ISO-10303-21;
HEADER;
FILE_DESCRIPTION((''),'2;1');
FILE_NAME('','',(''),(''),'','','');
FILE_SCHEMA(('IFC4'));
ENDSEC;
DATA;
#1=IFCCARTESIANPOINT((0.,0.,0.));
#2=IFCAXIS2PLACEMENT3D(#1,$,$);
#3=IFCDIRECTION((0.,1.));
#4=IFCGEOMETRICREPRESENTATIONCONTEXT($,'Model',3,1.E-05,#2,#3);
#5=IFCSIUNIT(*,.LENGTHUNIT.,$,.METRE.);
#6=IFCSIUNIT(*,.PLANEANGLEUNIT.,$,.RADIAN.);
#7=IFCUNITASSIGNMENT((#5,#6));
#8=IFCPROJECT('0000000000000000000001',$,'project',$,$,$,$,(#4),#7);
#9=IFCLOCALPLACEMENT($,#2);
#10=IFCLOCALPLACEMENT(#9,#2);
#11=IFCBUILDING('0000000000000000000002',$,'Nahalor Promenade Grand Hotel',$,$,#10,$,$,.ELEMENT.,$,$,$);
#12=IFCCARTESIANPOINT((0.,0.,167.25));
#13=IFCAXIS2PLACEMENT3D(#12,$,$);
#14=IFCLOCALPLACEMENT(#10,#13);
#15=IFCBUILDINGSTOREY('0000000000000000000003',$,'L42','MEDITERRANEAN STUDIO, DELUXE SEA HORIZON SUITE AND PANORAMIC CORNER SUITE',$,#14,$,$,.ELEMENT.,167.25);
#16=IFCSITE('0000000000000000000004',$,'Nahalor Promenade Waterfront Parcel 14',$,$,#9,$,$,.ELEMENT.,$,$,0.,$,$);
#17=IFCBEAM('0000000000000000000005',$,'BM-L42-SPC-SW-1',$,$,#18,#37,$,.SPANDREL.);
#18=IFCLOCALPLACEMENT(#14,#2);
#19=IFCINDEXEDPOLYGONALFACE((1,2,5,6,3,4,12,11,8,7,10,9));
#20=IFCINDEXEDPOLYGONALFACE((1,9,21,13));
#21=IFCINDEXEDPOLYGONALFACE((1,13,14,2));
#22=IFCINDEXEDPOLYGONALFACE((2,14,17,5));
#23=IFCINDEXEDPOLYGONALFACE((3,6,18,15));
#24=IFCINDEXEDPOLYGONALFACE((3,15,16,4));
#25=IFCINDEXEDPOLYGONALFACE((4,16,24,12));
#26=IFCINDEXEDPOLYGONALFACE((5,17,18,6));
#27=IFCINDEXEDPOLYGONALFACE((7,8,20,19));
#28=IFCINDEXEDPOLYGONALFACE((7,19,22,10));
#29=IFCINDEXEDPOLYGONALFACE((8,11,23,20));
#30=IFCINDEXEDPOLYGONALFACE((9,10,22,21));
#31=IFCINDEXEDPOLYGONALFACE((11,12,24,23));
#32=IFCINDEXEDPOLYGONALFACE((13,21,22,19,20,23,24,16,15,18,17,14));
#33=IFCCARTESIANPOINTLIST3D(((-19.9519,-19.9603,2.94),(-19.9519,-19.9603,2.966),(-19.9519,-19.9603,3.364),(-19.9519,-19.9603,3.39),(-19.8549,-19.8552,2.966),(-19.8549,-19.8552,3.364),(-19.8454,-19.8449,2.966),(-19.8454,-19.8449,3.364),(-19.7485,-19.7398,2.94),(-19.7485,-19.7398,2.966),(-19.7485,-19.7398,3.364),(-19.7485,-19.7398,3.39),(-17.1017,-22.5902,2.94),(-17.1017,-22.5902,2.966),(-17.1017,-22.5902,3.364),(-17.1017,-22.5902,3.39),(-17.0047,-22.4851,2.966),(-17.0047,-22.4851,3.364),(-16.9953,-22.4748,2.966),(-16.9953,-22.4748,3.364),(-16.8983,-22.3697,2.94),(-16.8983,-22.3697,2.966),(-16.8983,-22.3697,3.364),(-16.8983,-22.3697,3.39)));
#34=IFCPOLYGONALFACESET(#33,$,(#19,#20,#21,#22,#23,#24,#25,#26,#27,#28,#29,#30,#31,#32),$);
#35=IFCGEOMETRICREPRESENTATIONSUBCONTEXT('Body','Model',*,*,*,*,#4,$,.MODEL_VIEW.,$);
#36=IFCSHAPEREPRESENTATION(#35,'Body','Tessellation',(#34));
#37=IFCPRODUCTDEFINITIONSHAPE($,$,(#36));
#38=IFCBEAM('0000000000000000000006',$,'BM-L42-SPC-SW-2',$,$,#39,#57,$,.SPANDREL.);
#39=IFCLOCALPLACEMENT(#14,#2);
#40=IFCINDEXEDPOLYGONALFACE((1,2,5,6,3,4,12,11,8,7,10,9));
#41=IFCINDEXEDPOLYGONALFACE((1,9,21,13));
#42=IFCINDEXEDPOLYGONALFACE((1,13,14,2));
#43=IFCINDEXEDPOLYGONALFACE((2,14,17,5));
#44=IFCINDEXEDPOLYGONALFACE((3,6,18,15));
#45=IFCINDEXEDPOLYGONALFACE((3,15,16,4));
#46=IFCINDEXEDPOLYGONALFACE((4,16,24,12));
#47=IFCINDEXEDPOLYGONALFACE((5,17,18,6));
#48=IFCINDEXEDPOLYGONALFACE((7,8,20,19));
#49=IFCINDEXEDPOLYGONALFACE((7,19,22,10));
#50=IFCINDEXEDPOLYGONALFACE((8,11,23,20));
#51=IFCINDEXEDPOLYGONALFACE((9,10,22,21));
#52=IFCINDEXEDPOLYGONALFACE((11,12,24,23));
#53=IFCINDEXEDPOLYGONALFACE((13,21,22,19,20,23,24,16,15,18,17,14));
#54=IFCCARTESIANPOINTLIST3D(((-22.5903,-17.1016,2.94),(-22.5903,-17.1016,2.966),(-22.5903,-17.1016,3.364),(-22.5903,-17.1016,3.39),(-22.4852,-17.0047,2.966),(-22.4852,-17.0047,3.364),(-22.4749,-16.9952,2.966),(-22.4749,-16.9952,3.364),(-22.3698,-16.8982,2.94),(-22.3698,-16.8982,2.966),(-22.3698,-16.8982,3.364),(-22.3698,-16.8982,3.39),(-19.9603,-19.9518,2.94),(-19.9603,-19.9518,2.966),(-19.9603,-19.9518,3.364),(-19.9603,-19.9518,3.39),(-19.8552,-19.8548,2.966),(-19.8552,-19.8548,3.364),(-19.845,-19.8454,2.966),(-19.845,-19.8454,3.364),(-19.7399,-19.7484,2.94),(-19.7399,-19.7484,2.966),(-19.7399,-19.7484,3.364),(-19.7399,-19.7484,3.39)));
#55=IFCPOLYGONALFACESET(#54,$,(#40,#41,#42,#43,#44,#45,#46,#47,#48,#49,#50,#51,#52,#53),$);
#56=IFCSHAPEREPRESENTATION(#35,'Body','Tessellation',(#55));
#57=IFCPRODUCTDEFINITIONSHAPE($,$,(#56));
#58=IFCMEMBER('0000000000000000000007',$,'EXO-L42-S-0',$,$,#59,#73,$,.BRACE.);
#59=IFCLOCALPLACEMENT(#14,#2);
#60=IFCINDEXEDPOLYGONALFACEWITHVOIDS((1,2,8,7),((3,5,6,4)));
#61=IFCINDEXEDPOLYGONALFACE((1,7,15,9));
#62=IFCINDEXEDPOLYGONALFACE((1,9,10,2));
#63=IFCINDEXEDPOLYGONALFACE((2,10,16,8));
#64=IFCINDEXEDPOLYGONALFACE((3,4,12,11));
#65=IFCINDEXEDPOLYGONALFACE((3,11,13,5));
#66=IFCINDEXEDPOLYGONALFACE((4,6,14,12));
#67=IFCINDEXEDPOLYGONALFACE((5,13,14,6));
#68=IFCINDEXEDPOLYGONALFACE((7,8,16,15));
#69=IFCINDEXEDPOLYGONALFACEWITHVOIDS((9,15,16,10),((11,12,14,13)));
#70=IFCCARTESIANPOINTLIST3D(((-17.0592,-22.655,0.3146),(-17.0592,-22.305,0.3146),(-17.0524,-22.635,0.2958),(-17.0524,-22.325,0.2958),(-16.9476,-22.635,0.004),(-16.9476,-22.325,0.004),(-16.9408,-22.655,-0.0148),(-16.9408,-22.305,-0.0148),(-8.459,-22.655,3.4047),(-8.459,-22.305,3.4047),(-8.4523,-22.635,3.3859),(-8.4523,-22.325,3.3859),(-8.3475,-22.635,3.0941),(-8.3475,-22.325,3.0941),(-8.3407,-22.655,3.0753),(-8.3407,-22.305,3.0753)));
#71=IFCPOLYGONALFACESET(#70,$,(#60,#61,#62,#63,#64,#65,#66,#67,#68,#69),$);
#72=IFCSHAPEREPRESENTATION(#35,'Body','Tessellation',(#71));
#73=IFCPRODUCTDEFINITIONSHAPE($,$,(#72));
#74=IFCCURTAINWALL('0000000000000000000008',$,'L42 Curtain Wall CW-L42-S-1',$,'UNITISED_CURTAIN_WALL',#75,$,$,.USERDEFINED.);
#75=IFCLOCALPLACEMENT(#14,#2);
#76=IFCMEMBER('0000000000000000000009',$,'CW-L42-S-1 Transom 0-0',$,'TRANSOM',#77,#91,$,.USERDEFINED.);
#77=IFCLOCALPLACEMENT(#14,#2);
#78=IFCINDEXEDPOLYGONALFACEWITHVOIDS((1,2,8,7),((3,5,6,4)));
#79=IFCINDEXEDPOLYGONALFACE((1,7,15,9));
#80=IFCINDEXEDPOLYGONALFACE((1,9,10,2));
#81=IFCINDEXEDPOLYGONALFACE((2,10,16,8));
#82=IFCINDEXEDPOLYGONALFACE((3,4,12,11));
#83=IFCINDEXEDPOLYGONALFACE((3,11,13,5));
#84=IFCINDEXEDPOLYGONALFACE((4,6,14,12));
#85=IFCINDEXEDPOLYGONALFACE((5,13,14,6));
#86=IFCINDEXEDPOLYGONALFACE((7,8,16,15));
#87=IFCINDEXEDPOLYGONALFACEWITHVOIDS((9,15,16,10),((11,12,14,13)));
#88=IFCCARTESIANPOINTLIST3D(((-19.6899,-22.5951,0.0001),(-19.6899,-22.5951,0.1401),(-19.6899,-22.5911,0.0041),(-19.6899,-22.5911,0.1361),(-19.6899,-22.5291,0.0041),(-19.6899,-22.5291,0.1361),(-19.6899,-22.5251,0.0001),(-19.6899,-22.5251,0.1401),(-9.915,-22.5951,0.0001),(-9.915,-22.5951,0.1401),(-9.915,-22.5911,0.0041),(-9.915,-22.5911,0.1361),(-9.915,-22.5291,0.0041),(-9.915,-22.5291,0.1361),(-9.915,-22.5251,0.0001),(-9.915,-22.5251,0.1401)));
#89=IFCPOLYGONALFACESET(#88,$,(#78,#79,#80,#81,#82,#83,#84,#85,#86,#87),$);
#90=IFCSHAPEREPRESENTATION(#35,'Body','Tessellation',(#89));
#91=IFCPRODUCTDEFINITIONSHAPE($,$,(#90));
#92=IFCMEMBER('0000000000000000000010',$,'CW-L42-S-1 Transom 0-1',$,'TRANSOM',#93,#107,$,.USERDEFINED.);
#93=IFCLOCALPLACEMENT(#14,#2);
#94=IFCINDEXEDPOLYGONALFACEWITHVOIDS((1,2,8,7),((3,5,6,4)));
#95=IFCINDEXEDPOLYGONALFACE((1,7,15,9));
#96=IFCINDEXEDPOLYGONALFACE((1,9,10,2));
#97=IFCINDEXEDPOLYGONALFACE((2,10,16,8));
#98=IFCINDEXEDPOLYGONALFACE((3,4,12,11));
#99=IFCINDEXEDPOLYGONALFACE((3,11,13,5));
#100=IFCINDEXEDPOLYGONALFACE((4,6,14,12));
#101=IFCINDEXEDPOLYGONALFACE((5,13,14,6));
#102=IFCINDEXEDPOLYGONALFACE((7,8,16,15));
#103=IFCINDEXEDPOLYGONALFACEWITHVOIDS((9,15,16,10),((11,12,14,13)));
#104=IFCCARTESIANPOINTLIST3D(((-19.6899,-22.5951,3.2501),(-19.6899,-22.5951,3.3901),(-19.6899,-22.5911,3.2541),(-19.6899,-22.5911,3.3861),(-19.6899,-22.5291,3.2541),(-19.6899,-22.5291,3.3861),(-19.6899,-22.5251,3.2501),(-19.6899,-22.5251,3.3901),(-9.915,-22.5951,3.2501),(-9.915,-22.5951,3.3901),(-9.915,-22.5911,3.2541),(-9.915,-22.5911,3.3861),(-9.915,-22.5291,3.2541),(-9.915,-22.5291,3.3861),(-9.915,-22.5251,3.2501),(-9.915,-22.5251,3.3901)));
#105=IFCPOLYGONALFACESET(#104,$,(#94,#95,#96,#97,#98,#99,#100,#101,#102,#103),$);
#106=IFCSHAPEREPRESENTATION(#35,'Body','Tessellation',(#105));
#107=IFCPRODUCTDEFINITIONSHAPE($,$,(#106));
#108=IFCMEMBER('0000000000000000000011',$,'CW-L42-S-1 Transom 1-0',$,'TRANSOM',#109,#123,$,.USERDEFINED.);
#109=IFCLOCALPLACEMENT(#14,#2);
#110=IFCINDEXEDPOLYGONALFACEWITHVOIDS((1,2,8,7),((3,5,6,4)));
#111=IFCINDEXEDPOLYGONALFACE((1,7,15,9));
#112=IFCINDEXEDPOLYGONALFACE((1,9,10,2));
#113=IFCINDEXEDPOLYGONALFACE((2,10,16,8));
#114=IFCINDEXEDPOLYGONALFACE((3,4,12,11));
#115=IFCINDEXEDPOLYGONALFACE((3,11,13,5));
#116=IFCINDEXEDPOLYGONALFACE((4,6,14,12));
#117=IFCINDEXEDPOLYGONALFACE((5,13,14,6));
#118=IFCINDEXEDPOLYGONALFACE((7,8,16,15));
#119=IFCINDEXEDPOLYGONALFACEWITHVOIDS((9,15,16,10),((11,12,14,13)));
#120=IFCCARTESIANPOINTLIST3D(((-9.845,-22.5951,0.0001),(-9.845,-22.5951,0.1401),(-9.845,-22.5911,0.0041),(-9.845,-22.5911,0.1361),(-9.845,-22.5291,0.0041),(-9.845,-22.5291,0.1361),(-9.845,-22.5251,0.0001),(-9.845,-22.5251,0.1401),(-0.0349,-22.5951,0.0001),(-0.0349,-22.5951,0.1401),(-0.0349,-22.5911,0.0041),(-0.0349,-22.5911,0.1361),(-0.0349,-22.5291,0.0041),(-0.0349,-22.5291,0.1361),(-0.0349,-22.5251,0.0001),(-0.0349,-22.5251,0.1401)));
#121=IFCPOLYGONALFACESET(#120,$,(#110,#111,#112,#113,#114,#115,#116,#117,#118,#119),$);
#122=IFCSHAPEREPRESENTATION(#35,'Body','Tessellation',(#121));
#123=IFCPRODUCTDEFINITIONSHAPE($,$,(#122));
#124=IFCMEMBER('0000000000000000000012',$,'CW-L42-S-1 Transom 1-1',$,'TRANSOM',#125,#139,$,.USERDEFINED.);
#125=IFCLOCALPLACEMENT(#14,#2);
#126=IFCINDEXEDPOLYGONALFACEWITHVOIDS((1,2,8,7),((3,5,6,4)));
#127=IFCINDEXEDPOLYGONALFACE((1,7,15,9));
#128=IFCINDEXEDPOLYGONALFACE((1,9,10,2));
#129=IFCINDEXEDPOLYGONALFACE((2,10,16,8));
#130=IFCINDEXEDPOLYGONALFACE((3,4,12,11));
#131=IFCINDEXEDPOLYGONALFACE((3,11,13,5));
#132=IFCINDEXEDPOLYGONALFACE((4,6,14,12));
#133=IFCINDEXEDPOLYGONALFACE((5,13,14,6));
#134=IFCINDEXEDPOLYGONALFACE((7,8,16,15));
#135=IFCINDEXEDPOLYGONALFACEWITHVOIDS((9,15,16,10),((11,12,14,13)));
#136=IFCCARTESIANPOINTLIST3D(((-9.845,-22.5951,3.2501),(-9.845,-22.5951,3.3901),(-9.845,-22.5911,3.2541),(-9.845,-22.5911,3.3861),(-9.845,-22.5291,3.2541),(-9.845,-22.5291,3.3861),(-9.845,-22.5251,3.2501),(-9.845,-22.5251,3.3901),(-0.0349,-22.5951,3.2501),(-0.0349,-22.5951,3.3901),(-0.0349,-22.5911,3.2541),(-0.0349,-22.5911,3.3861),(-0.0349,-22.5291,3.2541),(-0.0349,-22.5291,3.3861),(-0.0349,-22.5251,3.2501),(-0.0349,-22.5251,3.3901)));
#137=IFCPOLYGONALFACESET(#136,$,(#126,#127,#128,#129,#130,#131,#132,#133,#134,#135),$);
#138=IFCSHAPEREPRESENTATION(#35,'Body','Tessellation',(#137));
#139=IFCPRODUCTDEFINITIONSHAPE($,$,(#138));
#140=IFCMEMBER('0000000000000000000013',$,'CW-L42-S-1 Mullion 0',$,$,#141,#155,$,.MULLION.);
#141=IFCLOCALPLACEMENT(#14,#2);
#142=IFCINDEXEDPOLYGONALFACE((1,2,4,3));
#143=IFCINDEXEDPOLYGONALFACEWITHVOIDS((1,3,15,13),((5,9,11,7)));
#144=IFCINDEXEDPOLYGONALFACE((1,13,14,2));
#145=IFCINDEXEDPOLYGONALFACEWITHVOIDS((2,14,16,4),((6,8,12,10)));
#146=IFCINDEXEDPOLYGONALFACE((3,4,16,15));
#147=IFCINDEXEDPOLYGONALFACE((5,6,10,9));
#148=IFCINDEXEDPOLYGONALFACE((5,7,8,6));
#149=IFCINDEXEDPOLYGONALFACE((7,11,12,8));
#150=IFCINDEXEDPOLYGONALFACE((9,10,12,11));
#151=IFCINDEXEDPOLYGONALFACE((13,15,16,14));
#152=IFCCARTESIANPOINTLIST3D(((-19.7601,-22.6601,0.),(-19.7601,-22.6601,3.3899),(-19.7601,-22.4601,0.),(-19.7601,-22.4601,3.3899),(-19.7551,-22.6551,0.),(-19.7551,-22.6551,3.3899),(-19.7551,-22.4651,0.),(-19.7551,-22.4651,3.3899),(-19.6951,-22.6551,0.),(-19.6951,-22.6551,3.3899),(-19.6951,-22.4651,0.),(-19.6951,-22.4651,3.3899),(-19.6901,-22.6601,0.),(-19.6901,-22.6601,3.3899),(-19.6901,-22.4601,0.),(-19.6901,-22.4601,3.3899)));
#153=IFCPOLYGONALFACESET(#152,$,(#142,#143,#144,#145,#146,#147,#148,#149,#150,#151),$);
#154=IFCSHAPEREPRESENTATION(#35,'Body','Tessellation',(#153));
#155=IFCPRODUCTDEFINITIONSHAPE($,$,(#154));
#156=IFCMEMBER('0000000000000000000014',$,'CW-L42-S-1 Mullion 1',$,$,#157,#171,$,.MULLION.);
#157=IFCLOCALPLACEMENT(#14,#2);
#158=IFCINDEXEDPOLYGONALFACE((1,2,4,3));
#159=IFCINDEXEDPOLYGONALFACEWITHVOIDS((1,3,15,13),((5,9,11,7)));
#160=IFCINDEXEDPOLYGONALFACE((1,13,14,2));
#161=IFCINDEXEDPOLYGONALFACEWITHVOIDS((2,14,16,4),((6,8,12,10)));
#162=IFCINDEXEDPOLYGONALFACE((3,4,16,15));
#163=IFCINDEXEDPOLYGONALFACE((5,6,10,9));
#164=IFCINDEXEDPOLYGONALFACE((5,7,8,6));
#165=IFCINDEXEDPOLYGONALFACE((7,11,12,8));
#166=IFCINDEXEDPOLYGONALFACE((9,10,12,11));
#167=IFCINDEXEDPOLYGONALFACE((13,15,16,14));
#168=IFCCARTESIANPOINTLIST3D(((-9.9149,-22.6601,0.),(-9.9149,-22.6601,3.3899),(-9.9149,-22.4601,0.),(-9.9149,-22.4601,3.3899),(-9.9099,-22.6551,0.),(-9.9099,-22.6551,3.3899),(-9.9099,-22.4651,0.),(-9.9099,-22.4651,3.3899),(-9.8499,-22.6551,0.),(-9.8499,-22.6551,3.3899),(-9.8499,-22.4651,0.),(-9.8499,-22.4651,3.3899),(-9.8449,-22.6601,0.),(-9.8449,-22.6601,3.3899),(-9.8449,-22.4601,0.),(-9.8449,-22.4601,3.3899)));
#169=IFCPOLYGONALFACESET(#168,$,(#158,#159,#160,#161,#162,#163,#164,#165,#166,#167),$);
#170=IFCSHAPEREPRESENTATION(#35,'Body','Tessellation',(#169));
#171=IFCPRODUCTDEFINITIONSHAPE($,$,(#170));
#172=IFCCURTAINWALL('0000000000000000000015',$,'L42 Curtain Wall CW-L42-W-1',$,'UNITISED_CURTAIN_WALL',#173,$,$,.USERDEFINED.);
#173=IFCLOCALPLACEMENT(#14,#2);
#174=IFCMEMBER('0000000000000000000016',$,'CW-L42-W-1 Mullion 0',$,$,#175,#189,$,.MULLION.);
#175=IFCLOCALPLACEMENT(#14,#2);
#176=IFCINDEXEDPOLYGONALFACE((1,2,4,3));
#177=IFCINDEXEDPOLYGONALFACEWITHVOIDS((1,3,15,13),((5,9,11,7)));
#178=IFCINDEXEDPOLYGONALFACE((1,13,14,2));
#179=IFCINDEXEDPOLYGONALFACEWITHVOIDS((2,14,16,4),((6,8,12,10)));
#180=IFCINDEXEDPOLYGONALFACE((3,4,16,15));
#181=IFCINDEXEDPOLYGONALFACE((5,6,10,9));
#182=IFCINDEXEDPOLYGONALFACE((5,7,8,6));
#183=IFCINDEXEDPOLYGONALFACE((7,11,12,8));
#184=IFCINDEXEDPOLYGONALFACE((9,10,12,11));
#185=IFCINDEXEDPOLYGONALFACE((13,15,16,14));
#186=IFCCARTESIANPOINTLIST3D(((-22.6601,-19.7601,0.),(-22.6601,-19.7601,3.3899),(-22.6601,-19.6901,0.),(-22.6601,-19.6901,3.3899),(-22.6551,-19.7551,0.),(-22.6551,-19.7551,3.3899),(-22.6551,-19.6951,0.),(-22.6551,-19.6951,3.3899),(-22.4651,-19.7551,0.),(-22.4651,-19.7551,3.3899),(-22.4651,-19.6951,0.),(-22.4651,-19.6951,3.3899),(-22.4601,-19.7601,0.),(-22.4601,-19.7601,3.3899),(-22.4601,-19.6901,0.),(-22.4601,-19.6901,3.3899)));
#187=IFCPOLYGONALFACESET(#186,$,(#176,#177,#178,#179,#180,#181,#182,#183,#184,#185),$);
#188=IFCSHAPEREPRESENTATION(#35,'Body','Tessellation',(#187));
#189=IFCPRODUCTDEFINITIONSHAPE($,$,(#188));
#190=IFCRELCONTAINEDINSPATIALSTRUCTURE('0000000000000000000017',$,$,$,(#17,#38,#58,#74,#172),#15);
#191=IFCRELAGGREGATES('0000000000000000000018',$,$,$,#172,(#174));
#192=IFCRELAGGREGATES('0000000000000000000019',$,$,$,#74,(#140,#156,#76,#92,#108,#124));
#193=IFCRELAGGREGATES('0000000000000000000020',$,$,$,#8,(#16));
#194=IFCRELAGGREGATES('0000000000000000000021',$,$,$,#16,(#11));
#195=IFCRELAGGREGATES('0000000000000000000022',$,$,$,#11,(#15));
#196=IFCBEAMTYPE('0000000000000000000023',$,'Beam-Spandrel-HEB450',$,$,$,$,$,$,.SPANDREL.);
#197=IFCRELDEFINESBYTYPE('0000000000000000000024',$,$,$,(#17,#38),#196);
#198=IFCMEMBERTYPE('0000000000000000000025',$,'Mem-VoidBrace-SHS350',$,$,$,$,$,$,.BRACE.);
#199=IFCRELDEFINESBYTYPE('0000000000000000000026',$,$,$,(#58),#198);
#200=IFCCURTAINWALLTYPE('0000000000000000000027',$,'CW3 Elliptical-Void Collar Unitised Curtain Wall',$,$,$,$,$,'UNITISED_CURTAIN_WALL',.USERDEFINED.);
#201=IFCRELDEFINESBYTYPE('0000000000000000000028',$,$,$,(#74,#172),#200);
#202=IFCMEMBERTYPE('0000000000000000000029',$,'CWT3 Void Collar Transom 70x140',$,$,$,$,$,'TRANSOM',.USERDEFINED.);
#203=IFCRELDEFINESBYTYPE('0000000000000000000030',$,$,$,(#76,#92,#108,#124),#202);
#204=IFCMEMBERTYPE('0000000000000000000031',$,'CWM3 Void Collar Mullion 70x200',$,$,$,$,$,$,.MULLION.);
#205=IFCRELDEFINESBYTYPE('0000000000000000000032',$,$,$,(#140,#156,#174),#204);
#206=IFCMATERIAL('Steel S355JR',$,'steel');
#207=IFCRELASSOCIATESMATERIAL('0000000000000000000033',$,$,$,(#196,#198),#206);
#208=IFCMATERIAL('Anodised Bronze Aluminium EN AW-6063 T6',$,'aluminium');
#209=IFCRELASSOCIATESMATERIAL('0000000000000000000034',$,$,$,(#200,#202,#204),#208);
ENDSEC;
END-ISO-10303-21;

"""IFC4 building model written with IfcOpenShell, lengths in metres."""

from ifc_helpers import new_model, si_unit, direction, frame, origin, origin_2d, place, context, subcontext, project, spatial, hollow_rectangle, i_section, extrude, source, transform, mapped, material, material_profile, profile_set, type_object, element, aggregate, save


model = new_model("IFC4")

# Units and contexts
model_context = context("Model", 3, precision=1e-05, world=origin(), true_north=direction((0.0, 1.0)))
body_context = subcontext(model_context, "Body", "Model", "MODEL_VIEW")
ifc_project = project(units=[si_unit("LENGTHUNIT", "METRE"), si_unit("PLANEANGLEUNIT", "RADIAN")], contexts=[model_context])

# Site, building, storey
site_placement = place(None, origin())
site = spatial("IfcSite", under=ifc_project, at=site_placement, Name="Nahalor Promenade Waterfront Parcel 14", CompositionType="ELEMENT", RefElevation=0.0)
building_placement = place(site_placement, origin())
building = spatial("IfcBuilding", under=site, at=building_placement, Name="Nahalor Promenade Grand Hotel", CompositionType="ELEMENT")
storey_placement = place(building_placement, frame((0.0, 0.0, 167.25)))
storey = spatial("IfcBuildingStorey", under=building, at=storey_placement, Name="L42", Description="MEDITERRANEAN STUDIO, DELUXE SEA HORIZON SUITE AND PANORAMIC CORNER SUITE", CompositionType="ELEMENT", Elevation=167.25)

# Beams
ifc_material_1 = material(Name="Steel S355JR", Category="steel")
ifc_material_profile_1 = material_profile(ifc_material_1, i_section(OverallWidth=0.3, OverallDepth=0.45, WebThickness=0.014, FlangeThickness=0.026, at=origin_2d()), Name="HEB 450")
ifc_profile_set_1 = profile_set([ifc_material_profile_1], Name="Steel S355JR")
beam_type_1 = type_object("IfcBeamType", Name="Beam-Spandrel-HEB450", PredefinedType="SPANDREL", material=ifc_profile_set_1)
shared_shape_1 = source(origin(), body_context, "Body", "SweptSolid", [
    extrude(i_section(OverallWidth=0.3, OverallDepth=0.45, WebThickness=0.014, FlangeThickness=0.026, at=origin_2d()), origin(), (0.0, 0.0, 1.0), 3.8782),
])
for number, where, z_axis, x_axis, name in (
    (1, (-17.0, -22.48, 3.165), (-0.734929, 0.678144, 0.0), (-0.678144, -0.734929, 0.0), "BM-L42-SPC-SW-1"),
    (2, (-19.8501, -19.8501, 3.165), (-0.678144, 0.734929, 0.0), (-0.734929, -0.678144, 0.0), "BM-L42-SPC-SW-2"),
):
    element("IfcBeam", number, at=place(storey_placement, frame(where, z_axis=z_axis, x_axis=x_axis)), inside=storey, type_object=beam_type_1, Name=name, PredefinedType="SPANDREL", context=body_context, shape_type="MappedRepresentation", body=[
        mapped(shared_shape_1, transform((0.0, 0.0, 0.0), scale=1.0)),
    ])

# Member
ifc_material_profile_2 = material_profile(ifc_material_1, hollow_rectangle(XDim=0.35, YDim=0.35, WallThickness=0.02, at=origin_2d()), Name="SHS 350x350x20")
ifc_profile_set_2 = profile_set([ifc_material_profile_2], Name="Steel S355JR")
member_type_1 = type_object("IfcMemberType", Name="Mem-VoidBrace-SHS350", PredefinedType="BRACE", material=ifc_profile_set_2)
shared_shape_2 = source(origin(), body_context, "Body", "SweptSolid", [
    extrude(hollow_rectangle(XDim=0.35, YDim=0.35, WallThickness=0.02, at=origin_2d()), origin(), (0.0, 0.0, 1.0), 9.1384),
])
member_1_placement = place(storey_placement, frame((-17.0, -22.48, 0.1499), z_axis=(0.941095, 0.0, 0.338143), x_axis=(0.0, 1.0, 0.0)))
element("IfcMember", 3, at=member_1_placement, inside=storey, type_object=member_type_1, Name="EXO-L42-S-0", PredefinedType="BRACE", context=body_context, shape_type="MappedRepresentation", body=[
    mapped(shared_shape_2, transform((0.0, 0.0, 0.0), scale=1.0)),
])

# Curtain walls, members
ifc_material_2 = material(Name="Anodised Bronze Aluminium EN AW-6063 T6", Category="aluminium")
curtain_wall_type = type_object("IfcCurtainWallType", Name="CW3 Elliptical-Void Collar Unitised Curtain Wall", ElementType="UNITISED_CURTAIN_WALL", PredefinedType="USERDEFINED", material=ifc_material_2)
curtain_wall_1_placement = place(storey_placement, origin())
curtain_wall_1 = element("IfcCurtainWall", 4, at=curtain_wall_1_placement, inside=storey, type_object=curtain_wall_type, Name="L42 Curtain Wall CW-L42-S-1", ObjectType="UNITISED_CURTAIN_WALL", PredefinedType="USERDEFINED")
ifc_material_profile_3 = material_profile(ifc_material_2, hollow_rectangle(XDim=0.07, YDim=0.14, WallThickness=0.004, at=origin_2d()), Name="CWT 70x140x4")
ifc_profile_set_3 = profile_set([ifc_material_profile_3], Name="Anodised Bronze Aluminium EN AW-6063 T6")
member_type_2 = type_object("IfcMemberType", Name="CWT3 Void Collar Transom 70x140", ElementType="TRANSOM", PredefinedType="USERDEFINED", material=ifc_profile_set_3)
shared_shape_3 = source(origin(), body_context, "Body", "SweptSolid", [
    extrude(hollow_rectangle(XDim=0.07, YDim=0.14, WallThickness=0.004, at=origin_2d()), origin(), (0.0, 0.0, 1.0), 9.7749),
])
member_2_placement = place(storey_placement, frame((-19.6899, -22.5601, 0.0701), z_axis=(1.0, 0.0, 0.0), x_axis=(0.0, 1.0, 0.0)))
member_2 = element("IfcMember", 5, at=member_2_placement, type_object=member_type_2, Name="CW-L42-S-1 Transom 0-0", ObjectType="TRANSOM", PredefinedType="USERDEFINED", context=body_context, shape_type="MappedRepresentation", body=[
    mapped(shared_shape_3, transform((0.0, 0.0, 0.0), scale=1.0)),
])
member_3_placement = place(storey_placement, frame((-19.6899, -22.5601, 3.3201), z_axis=(1.0, 0.0, 0.0), x_axis=(0.0, 1.0, 0.0)))
member_3 = element("IfcMember", 6, at=member_3_placement, type_object=member_type_2, Name="CW-L42-S-1 Transom 0-1", ObjectType="TRANSOM", PredefinedType="USERDEFINED", context=body_context, shape_type="MappedRepresentation", body=[
    mapped(shared_shape_3, transform((0.0, 0.0, 0.0), scale=1.0)),
])
shared_shape_4 = source(origin(), body_context, "Body", "SweptSolid", [
    extrude(hollow_rectangle(XDim=0.07, YDim=0.14, WallThickness=0.004, at=origin_2d()), origin(), (0.0, 0.0, 1.0), 9.8101),
])
member_4_placement = place(storey_placement, frame((-9.845, -22.5601, 0.0701), z_axis=(1.0, 0.0, 0.0), x_axis=(0.0, 1.0, 0.0)))
member_4 = element("IfcMember", 7, at=member_4_placement, type_object=member_type_2, Name="CW-L42-S-1 Transom 1-0", ObjectType="TRANSOM", PredefinedType="USERDEFINED", context=body_context, shape_type="MappedRepresentation", body=[
    mapped(shared_shape_4, transform((0.0, 0.0, 0.0), scale=1.0)),
])
member_5_placement = place(storey_placement, frame((-9.845, -22.5601, 3.3201), z_axis=(1.0, 0.0, 0.0), x_axis=(0.0, 1.0, 0.0)))
member_5 = element("IfcMember", 8, at=member_5_placement, type_object=member_type_2, Name="CW-L42-S-1 Transom 1-1", ObjectType="TRANSOM", PredefinedType="USERDEFINED", context=body_context, shape_type="MappedRepresentation", body=[
    mapped(shared_shape_4, transform((0.0, 0.0, 0.0), scale=1.0)),
])
ifc_material_profile_4 = material_profile(ifc_material_2, hollow_rectangle(XDim=0.07, YDim=0.2, WallThickness=0.005, at=origin_2d()), Name="CWM 70x200x5")
ifc_profile_set_4 = profile_set([ifc_material_profile_4], Name="Anodised Bronze Aluminium EN AW-6063 T6")
member_type_3 = type_object("IfcMemberType", Name="CWM3 Void Collar Mullion 70x200", PredefinedType="MULLION", material=ifc_profile_set_4)
shared_shape_5 = source(origin(), body_context, "Body", "SweptSolid", [
    extrude(hollow_rectangle(XDim=0.07, YDim=0.2, WallThickness=0.005, at=origin_2d()), origin(), (0.0, 0.0, 1.0), 3.3899),
])
member_6_placement = place(storey_placement, frame((-19.7251, -22.5601, 0.0), z_axis=(0.0, 0.0, 1.0), x_axis=(1.0, 0.0, 0.0)))
member_6 = element("IfcMember", 9, at=member_6_placement, type_object=member_type_3, Name="CW-L42-S-1 Mullion 0", PredefinedType="MULLION", context=body_context, shape_type="MappedRepresentation", body=[
    mapped(shared_shape_5, transform((0.0, 0.0, 0.0), scale=1.0)),
])
member_7_placement = place(storey_placement, frame((-9.8799, -22.5601, 0.0), z_axis=(0.0, 0.0, 1.0), x_axis=(1.0, 0.0, 0.0)))
member_7 = element("IfcMember", 10, at=member_7_placement, type_object=member_type_3, Name="CW-L42-S-1 Mullion 1", PredefinedType="MULLION", context=body_context, shape_type="MappedRepresentation", body=[
    mapped(shared_shape_5, transform((0.0, 0.0, 0.0), scale=1.0)),
])
curtain_wall_2_placement = place(storey_placement, origin())
curtain_wall_2 = element("IfcCurtainWall", 11, at=curtain_wall_2_placement, inside=storey, type_object=curtain_wall_type, Name="L42 Curtain Wall CW-L42-W-1", ObjectType="UNITISED_CURTAIN_WALL", PredefinedType="USERDEFINED")
member_8_placement = place(storey_placement, frame((-22.5601, -19.7251, 0.0), z_axis=(0.0, 0.0, 1.0), x_axis=(0.0, 1.0, 0.0)))
member_8 = element("IfcMember", 12, at=member_8_placement, type_object=member_type_3, Name="CW-L42-W-1 Mullion 0", PredefinedType="MULLION", context=body_context, shape_type="MappedRepresentation", body=[
    mapped(shared_shape_5, transform((0.0, 0.0, 0.0), scale=1.0)),
])
aggregate(curtain_wall_2, [member_8])

aggregate(curtain_wall_1, [member_6, member_7, member_2, member_3, member_4, member_5])

save(model, "model.ifc")
